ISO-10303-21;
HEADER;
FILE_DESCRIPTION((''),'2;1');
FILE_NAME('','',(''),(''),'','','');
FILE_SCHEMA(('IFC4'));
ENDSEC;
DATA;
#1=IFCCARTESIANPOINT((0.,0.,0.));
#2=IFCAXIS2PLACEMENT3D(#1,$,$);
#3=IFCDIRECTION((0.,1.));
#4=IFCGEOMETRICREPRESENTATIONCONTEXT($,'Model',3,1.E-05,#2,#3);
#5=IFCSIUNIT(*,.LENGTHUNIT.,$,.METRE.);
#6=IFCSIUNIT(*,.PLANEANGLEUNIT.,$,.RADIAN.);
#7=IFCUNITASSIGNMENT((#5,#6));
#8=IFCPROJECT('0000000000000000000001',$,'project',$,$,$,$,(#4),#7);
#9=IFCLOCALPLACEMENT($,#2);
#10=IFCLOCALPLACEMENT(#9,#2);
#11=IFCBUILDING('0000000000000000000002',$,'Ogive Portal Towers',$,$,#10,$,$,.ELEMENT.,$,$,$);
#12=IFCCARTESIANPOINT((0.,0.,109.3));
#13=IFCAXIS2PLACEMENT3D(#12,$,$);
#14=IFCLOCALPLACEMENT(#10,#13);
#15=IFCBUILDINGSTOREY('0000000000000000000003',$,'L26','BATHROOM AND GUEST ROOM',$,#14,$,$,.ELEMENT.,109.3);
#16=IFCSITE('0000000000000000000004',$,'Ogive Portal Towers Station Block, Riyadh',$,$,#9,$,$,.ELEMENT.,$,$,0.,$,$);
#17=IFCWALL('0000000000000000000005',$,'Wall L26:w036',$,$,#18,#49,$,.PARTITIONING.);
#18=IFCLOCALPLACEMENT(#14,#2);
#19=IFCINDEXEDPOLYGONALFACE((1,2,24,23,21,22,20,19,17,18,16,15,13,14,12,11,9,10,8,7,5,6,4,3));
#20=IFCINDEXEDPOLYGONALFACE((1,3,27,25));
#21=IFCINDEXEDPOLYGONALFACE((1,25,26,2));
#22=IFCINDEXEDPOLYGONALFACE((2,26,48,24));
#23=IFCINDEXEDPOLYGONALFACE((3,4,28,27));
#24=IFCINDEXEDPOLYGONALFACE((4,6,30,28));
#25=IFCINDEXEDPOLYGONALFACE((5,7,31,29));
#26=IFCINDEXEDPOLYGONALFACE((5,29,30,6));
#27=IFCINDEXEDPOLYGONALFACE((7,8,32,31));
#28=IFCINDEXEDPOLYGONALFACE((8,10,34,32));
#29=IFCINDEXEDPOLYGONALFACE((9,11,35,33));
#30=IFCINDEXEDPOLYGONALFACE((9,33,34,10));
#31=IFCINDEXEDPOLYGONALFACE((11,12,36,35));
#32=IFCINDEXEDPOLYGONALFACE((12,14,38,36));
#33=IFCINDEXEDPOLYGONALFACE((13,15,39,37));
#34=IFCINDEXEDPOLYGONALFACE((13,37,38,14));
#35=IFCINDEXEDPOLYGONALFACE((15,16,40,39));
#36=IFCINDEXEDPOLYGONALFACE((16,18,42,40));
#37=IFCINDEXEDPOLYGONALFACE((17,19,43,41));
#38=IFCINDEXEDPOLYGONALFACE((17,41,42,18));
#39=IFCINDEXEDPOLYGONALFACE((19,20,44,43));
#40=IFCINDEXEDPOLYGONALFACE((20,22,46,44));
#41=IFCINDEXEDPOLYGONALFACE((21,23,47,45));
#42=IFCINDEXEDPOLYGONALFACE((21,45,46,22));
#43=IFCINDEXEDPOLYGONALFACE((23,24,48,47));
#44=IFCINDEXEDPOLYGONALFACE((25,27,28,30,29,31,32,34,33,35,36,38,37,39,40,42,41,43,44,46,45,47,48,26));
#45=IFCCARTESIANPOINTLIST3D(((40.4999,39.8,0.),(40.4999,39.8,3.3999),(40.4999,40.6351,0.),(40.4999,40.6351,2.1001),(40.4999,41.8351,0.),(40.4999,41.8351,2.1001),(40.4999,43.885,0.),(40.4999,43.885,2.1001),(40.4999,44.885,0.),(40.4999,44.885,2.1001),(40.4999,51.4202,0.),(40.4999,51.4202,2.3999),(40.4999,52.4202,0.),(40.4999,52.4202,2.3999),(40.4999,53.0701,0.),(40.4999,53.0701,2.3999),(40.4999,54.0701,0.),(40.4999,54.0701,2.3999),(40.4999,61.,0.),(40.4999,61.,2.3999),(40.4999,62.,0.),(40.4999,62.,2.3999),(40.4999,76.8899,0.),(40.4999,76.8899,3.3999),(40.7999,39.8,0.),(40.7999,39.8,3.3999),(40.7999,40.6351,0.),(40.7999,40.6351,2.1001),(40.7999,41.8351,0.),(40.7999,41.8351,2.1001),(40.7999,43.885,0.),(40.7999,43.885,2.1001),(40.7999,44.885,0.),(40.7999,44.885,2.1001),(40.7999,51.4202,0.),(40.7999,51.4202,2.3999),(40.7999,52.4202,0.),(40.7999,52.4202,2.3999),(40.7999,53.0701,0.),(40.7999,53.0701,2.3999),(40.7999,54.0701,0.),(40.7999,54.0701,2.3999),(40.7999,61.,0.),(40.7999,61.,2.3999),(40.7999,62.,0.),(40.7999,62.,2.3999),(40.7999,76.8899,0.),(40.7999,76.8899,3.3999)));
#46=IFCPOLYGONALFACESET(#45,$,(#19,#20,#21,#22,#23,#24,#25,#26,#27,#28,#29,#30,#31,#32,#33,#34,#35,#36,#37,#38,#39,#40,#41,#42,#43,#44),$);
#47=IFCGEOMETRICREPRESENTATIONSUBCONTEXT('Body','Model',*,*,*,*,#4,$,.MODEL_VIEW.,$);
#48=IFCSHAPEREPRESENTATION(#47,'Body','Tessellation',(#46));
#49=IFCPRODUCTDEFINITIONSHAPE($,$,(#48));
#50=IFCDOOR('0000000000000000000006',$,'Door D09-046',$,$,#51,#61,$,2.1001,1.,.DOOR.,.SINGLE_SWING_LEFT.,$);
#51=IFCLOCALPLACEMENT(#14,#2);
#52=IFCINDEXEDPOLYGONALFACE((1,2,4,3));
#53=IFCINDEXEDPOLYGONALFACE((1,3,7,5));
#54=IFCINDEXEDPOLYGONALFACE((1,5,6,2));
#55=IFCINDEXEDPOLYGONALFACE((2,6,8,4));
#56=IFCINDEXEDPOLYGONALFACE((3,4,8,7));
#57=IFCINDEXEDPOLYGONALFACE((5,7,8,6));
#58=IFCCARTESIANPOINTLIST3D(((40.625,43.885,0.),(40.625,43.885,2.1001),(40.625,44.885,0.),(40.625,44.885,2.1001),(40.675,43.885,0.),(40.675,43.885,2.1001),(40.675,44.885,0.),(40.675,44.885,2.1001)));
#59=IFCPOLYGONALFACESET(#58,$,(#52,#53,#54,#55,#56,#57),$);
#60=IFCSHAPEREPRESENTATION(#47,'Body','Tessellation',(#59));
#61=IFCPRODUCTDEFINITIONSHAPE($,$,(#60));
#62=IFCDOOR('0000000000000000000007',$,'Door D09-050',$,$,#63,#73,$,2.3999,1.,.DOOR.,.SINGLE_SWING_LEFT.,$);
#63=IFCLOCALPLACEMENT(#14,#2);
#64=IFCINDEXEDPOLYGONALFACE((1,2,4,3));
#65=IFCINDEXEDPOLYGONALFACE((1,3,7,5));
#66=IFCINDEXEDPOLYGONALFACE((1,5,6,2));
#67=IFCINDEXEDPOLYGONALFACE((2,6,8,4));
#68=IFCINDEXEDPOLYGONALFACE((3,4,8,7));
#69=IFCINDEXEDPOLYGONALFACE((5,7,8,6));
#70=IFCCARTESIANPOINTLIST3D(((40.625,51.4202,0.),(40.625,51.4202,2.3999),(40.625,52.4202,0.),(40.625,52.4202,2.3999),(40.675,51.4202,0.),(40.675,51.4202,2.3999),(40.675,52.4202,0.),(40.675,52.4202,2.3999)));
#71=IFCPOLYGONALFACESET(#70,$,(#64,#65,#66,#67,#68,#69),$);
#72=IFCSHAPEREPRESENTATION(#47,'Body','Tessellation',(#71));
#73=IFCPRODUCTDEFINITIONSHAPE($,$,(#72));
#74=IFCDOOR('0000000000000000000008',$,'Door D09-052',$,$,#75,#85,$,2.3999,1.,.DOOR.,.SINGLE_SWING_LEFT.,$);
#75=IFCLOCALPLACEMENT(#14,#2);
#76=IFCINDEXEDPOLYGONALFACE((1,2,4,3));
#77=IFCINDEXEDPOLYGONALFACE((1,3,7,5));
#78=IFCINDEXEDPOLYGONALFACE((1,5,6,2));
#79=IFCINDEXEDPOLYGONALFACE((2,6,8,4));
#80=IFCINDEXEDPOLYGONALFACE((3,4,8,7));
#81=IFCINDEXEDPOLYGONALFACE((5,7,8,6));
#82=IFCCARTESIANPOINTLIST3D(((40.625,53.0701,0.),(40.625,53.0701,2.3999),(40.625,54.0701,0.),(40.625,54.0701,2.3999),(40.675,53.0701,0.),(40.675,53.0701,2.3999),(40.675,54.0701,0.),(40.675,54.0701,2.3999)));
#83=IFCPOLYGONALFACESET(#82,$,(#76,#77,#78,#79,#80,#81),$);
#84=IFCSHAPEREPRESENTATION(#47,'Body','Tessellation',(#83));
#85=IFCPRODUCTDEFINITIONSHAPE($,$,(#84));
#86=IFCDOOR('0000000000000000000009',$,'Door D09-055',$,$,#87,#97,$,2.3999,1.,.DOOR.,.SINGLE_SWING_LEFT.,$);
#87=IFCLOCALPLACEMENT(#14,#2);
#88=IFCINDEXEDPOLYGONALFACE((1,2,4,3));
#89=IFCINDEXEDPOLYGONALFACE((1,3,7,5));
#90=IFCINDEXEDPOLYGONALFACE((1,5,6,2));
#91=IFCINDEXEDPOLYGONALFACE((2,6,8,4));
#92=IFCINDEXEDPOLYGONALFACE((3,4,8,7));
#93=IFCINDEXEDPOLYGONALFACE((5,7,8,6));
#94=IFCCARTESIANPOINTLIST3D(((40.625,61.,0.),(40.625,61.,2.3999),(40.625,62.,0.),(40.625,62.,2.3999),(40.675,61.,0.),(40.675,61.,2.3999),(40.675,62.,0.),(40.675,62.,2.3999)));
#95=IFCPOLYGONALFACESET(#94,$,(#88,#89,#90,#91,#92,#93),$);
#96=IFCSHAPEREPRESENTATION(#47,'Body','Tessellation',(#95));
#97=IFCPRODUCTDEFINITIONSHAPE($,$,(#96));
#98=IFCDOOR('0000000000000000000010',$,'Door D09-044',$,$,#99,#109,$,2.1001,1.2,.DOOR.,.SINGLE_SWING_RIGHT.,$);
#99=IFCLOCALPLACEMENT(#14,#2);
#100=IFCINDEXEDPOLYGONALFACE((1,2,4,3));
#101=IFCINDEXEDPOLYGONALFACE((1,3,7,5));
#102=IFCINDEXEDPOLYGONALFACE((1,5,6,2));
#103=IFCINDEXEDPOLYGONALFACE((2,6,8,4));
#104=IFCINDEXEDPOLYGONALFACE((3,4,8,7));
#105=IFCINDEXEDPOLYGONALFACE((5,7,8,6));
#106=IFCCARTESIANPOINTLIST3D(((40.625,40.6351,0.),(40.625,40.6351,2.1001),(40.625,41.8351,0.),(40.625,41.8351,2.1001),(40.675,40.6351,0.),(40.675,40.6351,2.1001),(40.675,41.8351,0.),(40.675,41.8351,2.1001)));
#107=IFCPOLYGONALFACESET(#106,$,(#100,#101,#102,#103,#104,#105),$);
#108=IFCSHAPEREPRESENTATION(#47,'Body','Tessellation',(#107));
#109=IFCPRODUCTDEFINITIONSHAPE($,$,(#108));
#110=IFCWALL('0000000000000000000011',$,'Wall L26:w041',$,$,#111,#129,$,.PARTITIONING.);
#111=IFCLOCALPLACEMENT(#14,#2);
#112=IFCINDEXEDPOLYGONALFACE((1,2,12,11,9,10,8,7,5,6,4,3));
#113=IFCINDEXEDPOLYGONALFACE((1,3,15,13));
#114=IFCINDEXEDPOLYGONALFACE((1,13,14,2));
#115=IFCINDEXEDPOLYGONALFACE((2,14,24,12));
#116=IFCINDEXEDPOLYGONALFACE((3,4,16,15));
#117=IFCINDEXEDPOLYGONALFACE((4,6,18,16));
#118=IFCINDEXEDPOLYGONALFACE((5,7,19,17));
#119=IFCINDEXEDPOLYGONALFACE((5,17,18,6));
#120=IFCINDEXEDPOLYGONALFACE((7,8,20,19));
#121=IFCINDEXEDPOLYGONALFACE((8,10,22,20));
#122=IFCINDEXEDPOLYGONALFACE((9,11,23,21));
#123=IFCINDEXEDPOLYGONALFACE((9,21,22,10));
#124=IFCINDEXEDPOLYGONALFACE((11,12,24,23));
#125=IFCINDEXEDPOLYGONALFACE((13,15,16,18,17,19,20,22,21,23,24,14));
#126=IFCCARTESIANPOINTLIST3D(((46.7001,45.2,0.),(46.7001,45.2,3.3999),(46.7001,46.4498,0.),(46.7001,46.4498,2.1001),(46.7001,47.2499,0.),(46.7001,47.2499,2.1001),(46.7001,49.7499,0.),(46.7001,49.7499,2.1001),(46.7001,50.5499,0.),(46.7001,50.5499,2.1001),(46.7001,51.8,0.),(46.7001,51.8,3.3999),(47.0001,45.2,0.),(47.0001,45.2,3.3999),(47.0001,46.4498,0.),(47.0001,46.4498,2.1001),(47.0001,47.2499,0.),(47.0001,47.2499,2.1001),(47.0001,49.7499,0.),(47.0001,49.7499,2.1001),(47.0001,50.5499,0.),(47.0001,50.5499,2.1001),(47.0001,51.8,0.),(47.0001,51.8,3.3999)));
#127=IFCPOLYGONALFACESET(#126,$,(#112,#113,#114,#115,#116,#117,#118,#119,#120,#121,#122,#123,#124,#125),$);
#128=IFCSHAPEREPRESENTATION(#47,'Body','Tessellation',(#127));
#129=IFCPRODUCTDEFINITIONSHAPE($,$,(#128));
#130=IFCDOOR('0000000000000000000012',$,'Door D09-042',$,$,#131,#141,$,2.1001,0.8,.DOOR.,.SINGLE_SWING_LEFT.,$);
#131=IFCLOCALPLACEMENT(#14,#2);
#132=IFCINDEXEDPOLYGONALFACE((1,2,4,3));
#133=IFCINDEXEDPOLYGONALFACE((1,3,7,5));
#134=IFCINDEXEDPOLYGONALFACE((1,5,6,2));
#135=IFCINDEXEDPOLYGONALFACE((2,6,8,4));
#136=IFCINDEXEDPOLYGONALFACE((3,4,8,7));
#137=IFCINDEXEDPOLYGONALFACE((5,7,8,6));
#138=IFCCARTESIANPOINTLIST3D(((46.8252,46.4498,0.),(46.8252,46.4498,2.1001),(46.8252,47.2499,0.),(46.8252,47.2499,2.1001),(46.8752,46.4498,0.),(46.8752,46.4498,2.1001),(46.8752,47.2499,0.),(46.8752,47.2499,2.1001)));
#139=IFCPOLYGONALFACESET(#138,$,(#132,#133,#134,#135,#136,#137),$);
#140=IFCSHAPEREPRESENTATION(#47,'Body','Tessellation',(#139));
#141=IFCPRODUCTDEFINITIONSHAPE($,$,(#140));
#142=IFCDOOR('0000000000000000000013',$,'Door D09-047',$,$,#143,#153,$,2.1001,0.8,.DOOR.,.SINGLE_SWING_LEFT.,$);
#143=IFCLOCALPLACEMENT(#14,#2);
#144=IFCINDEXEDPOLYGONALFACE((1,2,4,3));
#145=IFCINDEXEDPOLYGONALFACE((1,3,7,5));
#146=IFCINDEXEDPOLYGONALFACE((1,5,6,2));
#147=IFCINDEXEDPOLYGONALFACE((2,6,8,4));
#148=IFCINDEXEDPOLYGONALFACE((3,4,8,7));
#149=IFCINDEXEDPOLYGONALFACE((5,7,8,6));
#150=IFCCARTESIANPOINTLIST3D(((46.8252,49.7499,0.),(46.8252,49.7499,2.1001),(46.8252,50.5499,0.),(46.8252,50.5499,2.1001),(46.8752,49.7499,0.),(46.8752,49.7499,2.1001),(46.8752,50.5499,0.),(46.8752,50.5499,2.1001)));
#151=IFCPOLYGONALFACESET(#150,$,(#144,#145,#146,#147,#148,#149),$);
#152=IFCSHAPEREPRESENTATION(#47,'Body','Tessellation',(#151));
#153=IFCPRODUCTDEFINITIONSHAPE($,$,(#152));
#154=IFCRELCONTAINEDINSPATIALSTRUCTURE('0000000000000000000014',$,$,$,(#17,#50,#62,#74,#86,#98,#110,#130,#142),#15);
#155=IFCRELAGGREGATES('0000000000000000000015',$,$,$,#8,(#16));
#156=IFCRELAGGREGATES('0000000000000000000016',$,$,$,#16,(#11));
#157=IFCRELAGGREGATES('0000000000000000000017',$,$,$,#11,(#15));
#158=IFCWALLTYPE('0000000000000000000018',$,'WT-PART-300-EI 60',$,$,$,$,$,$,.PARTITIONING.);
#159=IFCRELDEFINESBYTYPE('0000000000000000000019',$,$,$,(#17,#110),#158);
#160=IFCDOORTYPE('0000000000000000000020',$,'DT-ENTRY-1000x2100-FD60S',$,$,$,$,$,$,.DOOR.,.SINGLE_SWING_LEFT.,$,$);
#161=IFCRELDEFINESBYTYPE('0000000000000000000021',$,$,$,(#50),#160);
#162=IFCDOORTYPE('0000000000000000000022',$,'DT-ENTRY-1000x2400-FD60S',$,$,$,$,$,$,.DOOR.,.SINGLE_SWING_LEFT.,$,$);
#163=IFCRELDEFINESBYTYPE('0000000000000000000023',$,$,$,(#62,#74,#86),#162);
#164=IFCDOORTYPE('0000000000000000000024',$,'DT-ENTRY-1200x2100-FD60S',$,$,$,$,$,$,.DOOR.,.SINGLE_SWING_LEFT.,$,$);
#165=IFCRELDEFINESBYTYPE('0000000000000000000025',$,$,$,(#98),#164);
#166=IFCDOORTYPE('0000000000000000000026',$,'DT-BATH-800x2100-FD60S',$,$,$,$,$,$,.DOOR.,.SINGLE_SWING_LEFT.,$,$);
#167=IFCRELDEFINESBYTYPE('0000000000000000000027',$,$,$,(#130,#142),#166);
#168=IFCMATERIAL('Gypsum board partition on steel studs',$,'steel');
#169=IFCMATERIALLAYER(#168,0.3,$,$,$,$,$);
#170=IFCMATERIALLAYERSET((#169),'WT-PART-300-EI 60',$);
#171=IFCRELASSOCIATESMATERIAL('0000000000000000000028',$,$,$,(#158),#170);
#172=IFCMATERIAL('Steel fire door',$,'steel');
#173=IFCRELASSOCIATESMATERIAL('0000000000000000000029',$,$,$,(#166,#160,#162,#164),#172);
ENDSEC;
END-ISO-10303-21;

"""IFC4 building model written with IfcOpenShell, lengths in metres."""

from ifc_helpers import new_model, si_unit, direction, frame, frame_2d, origin, place, context, subcontext, project, spatial, rectangle, extrude, material, layer, layer_set, type_object, element, fill, save


model = new_model("IFC4")

# Units and contexts
model_context = context("Model", 3, precision=1e-05, world=origin(), true_north=direction((0.0, 1.0)))
body_context = subcontext(model_context, "Body", "Model", "MODEL_VIEW")
ifc_project = project(units=[si_unit("LENGTHUNIT", "METRE"), si_unit("PLANEANGLEUNIT", "RADIAN")], contexts=[model_context])

# Site, building, storey
site_placement = place(None, origin())
site = spatial("IfcSite", under=ifc_project, at=site_placement, Name="Ogive Portal Towers Station Block, Riyadh", CompositionType="ELEMENT", RefElevation=0.0)
building_placement = place(site_placement, origin())
building = spatial("IfcBuilding", under=site, at=building_placement, Name="Ogive Portal Towers", CompositionType="ELEMENT")
storey_placement = place(building_placement, frame((0.0, 0.0, 109.3)))
storey = spatial("IfcBuildingStorey", under=building, at=storey_placement, Name="L26", Description="BATHROOM AND GUEST ROOM", CompositionType="ELEMENT", Elevation=109.3)

# Shared definitions
ifc_material_1 = material(Name="Gypsum board partition on steel studs", Category="steel")
ifc_layer_1 = layer(ifc_material_1, 0.3)
ifc_layer_set_1 = layer_set([ifc_layer_1], Name="WT-PART-300-EI 60")
wall_type_1 = type_object("IfcWallType", Name="WT-PART-300-EI 60", PredefinedType="PARTITIONING", material=ifc_layer_set_1)

# Shared definitions
ifc_material_2 = material(Name="Steel fire door", Category="steel")
door_type_1 = type_object("IfcDoorType", Name="DT-BATH-800x2100-FD60S", OperationType="SINGLE_SWING_LEFT", PredefinedType="DOOR", material=ifc_material_2)

# Walls, openings, doors
wall_1_placement = place(storey_placement, frame((40.6499, 39.8, 0.0), z_axis=(0.0, 0.0, 1.0), x_axis=(0.0, 1.0, 0.0)))
wall_1 = element("IfcWall", 1, at=wall_1_placement, inside=storey, type_object=wall_type_1, Name="Wall L26:w036", PredefinedType="PARTITIONING", context=body_context, shape_type="SweptSolid", body=[
    extrude(rectangle(XDim=37.0898, YDim=0.3, at=frame_2d((18.5449, 0.0))), origin(), (0.0, 0.0, 1.0), 3.3999),
])
opening_1_placement = place(wall_1_placement, frame((0.835, 0.0, 0.0)))
opening_1 = element("IfcOpeningElement", 2, at=opening_1_placement, cuts=wall_1, PredefinedType="OPENING", context=body_context, shape_type="SweptSolid", body=[
    extrude(rectangle(XDim=1.2, YDim=2.1001, at=frame_2d((0.6001, 1.05))), frame((0.0, 0.1602, 0.0), z_axis=(0.0, -1.0, 0.0), x_axis=(1.0, 0.0, 0.0)), (0.0, 0.0, 1.0), 0.3201),
])
opening_2_placement = place(wall_1_placement, frame((4.085, 0.0, 0.0)))
opening_2 = element("IfcOpeningElement", 3, at=opening_2_placement, cuts=wall_1, PredefinedType="OPENING", context=body_context, shape_type="SweptSolid", body=[
    extrude(rectangle(XDim=1.0, YDim=2.1001, at=frame_2d((0.5, 1.05))), frame((0.0, 0.1602, 0.0), z_axis=(0.0, -1.0, 0.0), x_axis=(1.0, 0.0, 0.0)), (0.0, 0.0, 1.0), 0.3201),
])
opening_3_placement = place(wall_1_placement, frame((11.6201, 0.0, 0.0)))
opening_3 = element("IfcOpeningElement", 4, at=opening_3_placement, cuts=wall_1, PredefinedType="OPENING", context=body_context, shape_type="SweptSolid", body=[
    extrude(rectangle(XDim=1.0, YDim=2.3999, at=frame_2d((0.5, 1.2))), frame((0.0, 0.1602, 0.0), z_axis=(0.0, -1.0, 0.0), x_axis=(1.0, 0.0, 0.0)), (0.0, 0.0, 1.0), 0.3201),
])
opening_4_placement = place(wall_1_placement, frame((13.27, 0.0, 0.0)))
opening_4 = element("IfcOpeningElement", 5, at=opening_4_placement, cuts=wall_1, PredefinedType="OPENING", context=body_context, shape_type="SweptSolid", body=[
    extrude(rectangle(XDim=1.0, YDim=2.3999, at=frame_2d((0.5, 1.2))), frame((0.0, 0.1602, 0.0), z_axis=(0.0, -1.0, 0.0), x_axis=(1.0, 0.0, 0.0)), (0.0, 0.0, 1.0), 0.3201),
])
opening_5_placement = place(wall_1_placement, frame((21.2, 0.0, 0.0)))
opening_5 = element("IfcOpeningElement", 6, at=opening_5_placement, cuts=wall_1, PredefinedType="OPENING", context=body_context, shape_type="SweptSolid", body=[
    extrude(rectangle(XDim=1.0, YDim=2.3999, at=frame_2d((0.5, 1.2))), frame((0.0, 0.1602, 0.0), z_axis=(0.0, -1.0, 0.0), x_axis=(1.0, 0.0, 0.0)), (0.0, 0.0, 1.0), 0.3201),
])
door_type_2 = type_object("IfcDoorType", Name="DT-ENTRY-1000x2100-FD60S", OperationType="SINGLE_SWING_LEFT", PredefinedType="DOOR", material=ifc_material_2)
door_1_placement = place(opening_2_placement, origin())
door_1 = element("IfcDoor", 7, at=door_1_placement, inside=storey, type_object=door_type_2, Name="Door D09-046", OperationType="SINGLE_SWING_LEFT", OverallHeight=2.1001, OverallWidth=1.0, PredefinedType="DOOR", context=body_context, shape_type="SweptSolid", body=[
    extrude(rectangle(XDim=1.0, YDim=2.1001, at=frame_2d((0.5, 1.05))), frame((0.0, 0.0249, 0.0), z_axis=(0.0, -1.0, 0.0), x_axis=(1.0, 0.0, 0.0)), (0.0, 0.0, 1.0), 0.05),
])
fill(opening_2, door_1)
door_type_3 = type_object("IfcDoorType", Name="DT-ENTRY-1000x2400-FD60S", OperationType="SINGLE_SWING_LEFT", PredefinedType="DOOR", material=ifc_material_2)
door_2_placement = place(opening_3_placement, origin())
door_2 = element("IfcDoor", 8, at=door_2_placement, inside=storey, type_object=door_type_3, Name="Door D09-050", OperationType="SINGLE_SWING_LEFT", OverallHeight=2.3999, OverallWidth=1.0, PredefinedType="DOOR", context=body_context, shape_type="SweptSolid", body=[
    extrude(rectangle(XDim=1.0, YDim=2.3999, at=frame_2d((0.5, 1.2))), frame((0.0, 0.0249, 0.0), z_axis=(0.0, -1.0, 0.0), x_axis=(1.0, 0.0, 0.0)), (0.0, 0.0, 1.0), 0.05),
])
fill(opening_3, door_2)
door_3_placement = place(opening_4_placement, origin())
door_3 = element("IfcDoor", 9, at=door_3_placement, inside=storey, type_object=door_type_3, Name="Door D09-052", OperationType="SINGLE_SWING_LEFT", OverallHeight=2.3999, OverallWidth=1.0, PredefinedType="DOOR", context=body_context, shape_type="SweptSolid", body=[
    extrude(rectangle(XDim=1.0, YDim=2.3999, at=frame_2d((0.5, 1.2))), frame((0.0, 0.0249, 0.0), z_axis=(0.0, -1.0, 0.0), x_axis=(1.0, 0.0, 0.0)), (0.0, 0.0, 1.0), 0.05),
])
fill(opening_4, door_3)
door_4_placement = place(opening_5_placement, origin())
door_4 = element("IfcDoor", 10, at=door_4_placement, inside=storey, type_object=door_type_3, Name="Door D09-055", OperationType="SINGLE_SWING_LEFT", OverallHeight=2.3999, OverallWidth=1.0, PredefinedType="DOOR", context=body_context, shape_type="SweptSolid", body=[
    extrude(rectangle(XDim=1.0, YDim=2.3999, at=frame_2d((0.5, 1.2))), frame((0.0, 0.0249, 0.0), z_axis=(0.0, -1.0, 0.0), x_axis=(1.0, 0.0, 0.0)), (0.0, 0.0, 1.0), 0.05),
])
fill(opening_5, door_4)
door_type_4 = type_object("IfcDoorType", Name="DT-ENTRY-1200x2100-FD60S", OperationType="SINGLE_SWING_LEFT", PredefinedType="DOOR", material=ifc_material_2)
door_5_placement = place(opening_1_placement, origin())
door_5 = element("IfcDoor", 11, at=door_5_placement, inside=storey, type_object=door_type_4, Name="Door D09-044", OperationType="SINGLE_SWING_RIGHT", OverallHeight=2.1001, OverallWidth=1.2, PredefinedType="DOOR", context=body_context, shape_type="SweptSolid", body=[
    extrude(rectangle(XDim=1.2, YDim=2.1001, at=frame_2d((0.6001, 1.05))), frame((0.0, 0.0249, 0.0), z_axis=(0.0, -1.0, 0.0), x_axis=(1.0, 0.0, 0.0)), (0.0, 0.0, 1.0), 0.05),
])
fill(opening_1, door_5)
wall_2_placement = place(storey_placement, frame((46.8501, 45.2, 0.0), z_axis=(0.0, 0.0, 1.0), x_axis=(0.0, 1.0, 0.0)))
wall_2 = element("IfcWall", 12, at=wall_2_placement, inside=storey, type_object=wall_type_1, Name="Wall L26:w041", PredefinedType="PARTITIONING", context=body_context, shape_type="SweptSolid", body=[
    extrude(rectangle(XDim=6.6001, YDim=0.3, at=frame_2d((3.3, 0.0))), origin(), (0.0, 0.0, 1.0), 3.3999),
])
opening_6_placement = place(wall_2_placement, frame((1.25, 0.0, 0.0)))
opening_6 = element("IfcOpeningElement", 13, at=opening_6_placement, cuts=wall_2, PredefinedType="OPENING", context=body_context, shape_type="SweptSolid", body=[
    extrude(rectangle(XDim=0.8, YDim=2.1001, at=frame_2d((0.3999, 1.05))), frame((0.0, 0.1602, 0.0), z_axis=(0.0, -1.0, 0.0), x_axis=(1.0, 0.0, 0.0)), (0.0, 0.0, 1.0), 0.3201),
])
opening_7_placement = place(wall_2_placement, frame((4.55, 0.0, 0.0)))
opening_7 = element("IfcOpeningElement", 14, at=opening_7_placement, cuts=wall_2, PredefinedType="OPENING", context=body_context, shape_type="SweptSolid", body=[
    extrude(rectangle(XDim=0.8, YDim=2.1001, at=frame_2d((0.3999, 1.05))), frame((0.0, 0.1602, 0.0), z_axis=(0.0, -1.0, 0.0), x_axis=(1.0, 0.0, 0.0)), (0.0, 0.0, 1.0), 0.3201),
])
door_6_placement = place(opening_6_placement, origin())
door_6 = element("IfcDoor", 15, at=door_6_placement, inside=storey, type_object=door_type_1, Name="Door D09-042", OperationType="SINGLE_SWING_LEFT", OverallHeight=2.1001, OverallWidth=0.8, PredefinedType="DOOR", context=body_context, shape_type="SweptSolid", body=[
    extrude(rectangle(XDim=0.8, YDim=2.1001, at=frame_2d((0.3999, 1.05))), frame((0.0, 0.0249, 0.0), z_axis=(0.0, -1.0, 0.0), x_axis=(1.0, 0.0, 0.0)), (0.0, 0.0, 1.0), 0.05),
])
fill(opening_6, door_6)
door_7_placement = place(opening_7_placement, origin())
door_7 = element("IfcDoor", 16, at=door_7_placement, inside=storey, type_object=door_type_1, Name="Door D09-047", OperationType="SINGLE_SWING_LEFT", OverallHeight=2.1001, OverallWidth=0.8, PredefinedType="DOOR", context=body_context, shape_type="SweptSolid", body=[
    extrude(rectangle(XDim=0.8, YDim=2.1001, at=frame_2d((0.3999, 1.05))), frame((0.0, 0.0249, 0.0), z_axis=(0.0, -1.0, 0.0), x_axis=(1.0, 0.0, 0.0)), (0.0, 0.0, 1.0), 0.05),
])
fill(opening_7, door_7)

save(model, "model.ifc")
